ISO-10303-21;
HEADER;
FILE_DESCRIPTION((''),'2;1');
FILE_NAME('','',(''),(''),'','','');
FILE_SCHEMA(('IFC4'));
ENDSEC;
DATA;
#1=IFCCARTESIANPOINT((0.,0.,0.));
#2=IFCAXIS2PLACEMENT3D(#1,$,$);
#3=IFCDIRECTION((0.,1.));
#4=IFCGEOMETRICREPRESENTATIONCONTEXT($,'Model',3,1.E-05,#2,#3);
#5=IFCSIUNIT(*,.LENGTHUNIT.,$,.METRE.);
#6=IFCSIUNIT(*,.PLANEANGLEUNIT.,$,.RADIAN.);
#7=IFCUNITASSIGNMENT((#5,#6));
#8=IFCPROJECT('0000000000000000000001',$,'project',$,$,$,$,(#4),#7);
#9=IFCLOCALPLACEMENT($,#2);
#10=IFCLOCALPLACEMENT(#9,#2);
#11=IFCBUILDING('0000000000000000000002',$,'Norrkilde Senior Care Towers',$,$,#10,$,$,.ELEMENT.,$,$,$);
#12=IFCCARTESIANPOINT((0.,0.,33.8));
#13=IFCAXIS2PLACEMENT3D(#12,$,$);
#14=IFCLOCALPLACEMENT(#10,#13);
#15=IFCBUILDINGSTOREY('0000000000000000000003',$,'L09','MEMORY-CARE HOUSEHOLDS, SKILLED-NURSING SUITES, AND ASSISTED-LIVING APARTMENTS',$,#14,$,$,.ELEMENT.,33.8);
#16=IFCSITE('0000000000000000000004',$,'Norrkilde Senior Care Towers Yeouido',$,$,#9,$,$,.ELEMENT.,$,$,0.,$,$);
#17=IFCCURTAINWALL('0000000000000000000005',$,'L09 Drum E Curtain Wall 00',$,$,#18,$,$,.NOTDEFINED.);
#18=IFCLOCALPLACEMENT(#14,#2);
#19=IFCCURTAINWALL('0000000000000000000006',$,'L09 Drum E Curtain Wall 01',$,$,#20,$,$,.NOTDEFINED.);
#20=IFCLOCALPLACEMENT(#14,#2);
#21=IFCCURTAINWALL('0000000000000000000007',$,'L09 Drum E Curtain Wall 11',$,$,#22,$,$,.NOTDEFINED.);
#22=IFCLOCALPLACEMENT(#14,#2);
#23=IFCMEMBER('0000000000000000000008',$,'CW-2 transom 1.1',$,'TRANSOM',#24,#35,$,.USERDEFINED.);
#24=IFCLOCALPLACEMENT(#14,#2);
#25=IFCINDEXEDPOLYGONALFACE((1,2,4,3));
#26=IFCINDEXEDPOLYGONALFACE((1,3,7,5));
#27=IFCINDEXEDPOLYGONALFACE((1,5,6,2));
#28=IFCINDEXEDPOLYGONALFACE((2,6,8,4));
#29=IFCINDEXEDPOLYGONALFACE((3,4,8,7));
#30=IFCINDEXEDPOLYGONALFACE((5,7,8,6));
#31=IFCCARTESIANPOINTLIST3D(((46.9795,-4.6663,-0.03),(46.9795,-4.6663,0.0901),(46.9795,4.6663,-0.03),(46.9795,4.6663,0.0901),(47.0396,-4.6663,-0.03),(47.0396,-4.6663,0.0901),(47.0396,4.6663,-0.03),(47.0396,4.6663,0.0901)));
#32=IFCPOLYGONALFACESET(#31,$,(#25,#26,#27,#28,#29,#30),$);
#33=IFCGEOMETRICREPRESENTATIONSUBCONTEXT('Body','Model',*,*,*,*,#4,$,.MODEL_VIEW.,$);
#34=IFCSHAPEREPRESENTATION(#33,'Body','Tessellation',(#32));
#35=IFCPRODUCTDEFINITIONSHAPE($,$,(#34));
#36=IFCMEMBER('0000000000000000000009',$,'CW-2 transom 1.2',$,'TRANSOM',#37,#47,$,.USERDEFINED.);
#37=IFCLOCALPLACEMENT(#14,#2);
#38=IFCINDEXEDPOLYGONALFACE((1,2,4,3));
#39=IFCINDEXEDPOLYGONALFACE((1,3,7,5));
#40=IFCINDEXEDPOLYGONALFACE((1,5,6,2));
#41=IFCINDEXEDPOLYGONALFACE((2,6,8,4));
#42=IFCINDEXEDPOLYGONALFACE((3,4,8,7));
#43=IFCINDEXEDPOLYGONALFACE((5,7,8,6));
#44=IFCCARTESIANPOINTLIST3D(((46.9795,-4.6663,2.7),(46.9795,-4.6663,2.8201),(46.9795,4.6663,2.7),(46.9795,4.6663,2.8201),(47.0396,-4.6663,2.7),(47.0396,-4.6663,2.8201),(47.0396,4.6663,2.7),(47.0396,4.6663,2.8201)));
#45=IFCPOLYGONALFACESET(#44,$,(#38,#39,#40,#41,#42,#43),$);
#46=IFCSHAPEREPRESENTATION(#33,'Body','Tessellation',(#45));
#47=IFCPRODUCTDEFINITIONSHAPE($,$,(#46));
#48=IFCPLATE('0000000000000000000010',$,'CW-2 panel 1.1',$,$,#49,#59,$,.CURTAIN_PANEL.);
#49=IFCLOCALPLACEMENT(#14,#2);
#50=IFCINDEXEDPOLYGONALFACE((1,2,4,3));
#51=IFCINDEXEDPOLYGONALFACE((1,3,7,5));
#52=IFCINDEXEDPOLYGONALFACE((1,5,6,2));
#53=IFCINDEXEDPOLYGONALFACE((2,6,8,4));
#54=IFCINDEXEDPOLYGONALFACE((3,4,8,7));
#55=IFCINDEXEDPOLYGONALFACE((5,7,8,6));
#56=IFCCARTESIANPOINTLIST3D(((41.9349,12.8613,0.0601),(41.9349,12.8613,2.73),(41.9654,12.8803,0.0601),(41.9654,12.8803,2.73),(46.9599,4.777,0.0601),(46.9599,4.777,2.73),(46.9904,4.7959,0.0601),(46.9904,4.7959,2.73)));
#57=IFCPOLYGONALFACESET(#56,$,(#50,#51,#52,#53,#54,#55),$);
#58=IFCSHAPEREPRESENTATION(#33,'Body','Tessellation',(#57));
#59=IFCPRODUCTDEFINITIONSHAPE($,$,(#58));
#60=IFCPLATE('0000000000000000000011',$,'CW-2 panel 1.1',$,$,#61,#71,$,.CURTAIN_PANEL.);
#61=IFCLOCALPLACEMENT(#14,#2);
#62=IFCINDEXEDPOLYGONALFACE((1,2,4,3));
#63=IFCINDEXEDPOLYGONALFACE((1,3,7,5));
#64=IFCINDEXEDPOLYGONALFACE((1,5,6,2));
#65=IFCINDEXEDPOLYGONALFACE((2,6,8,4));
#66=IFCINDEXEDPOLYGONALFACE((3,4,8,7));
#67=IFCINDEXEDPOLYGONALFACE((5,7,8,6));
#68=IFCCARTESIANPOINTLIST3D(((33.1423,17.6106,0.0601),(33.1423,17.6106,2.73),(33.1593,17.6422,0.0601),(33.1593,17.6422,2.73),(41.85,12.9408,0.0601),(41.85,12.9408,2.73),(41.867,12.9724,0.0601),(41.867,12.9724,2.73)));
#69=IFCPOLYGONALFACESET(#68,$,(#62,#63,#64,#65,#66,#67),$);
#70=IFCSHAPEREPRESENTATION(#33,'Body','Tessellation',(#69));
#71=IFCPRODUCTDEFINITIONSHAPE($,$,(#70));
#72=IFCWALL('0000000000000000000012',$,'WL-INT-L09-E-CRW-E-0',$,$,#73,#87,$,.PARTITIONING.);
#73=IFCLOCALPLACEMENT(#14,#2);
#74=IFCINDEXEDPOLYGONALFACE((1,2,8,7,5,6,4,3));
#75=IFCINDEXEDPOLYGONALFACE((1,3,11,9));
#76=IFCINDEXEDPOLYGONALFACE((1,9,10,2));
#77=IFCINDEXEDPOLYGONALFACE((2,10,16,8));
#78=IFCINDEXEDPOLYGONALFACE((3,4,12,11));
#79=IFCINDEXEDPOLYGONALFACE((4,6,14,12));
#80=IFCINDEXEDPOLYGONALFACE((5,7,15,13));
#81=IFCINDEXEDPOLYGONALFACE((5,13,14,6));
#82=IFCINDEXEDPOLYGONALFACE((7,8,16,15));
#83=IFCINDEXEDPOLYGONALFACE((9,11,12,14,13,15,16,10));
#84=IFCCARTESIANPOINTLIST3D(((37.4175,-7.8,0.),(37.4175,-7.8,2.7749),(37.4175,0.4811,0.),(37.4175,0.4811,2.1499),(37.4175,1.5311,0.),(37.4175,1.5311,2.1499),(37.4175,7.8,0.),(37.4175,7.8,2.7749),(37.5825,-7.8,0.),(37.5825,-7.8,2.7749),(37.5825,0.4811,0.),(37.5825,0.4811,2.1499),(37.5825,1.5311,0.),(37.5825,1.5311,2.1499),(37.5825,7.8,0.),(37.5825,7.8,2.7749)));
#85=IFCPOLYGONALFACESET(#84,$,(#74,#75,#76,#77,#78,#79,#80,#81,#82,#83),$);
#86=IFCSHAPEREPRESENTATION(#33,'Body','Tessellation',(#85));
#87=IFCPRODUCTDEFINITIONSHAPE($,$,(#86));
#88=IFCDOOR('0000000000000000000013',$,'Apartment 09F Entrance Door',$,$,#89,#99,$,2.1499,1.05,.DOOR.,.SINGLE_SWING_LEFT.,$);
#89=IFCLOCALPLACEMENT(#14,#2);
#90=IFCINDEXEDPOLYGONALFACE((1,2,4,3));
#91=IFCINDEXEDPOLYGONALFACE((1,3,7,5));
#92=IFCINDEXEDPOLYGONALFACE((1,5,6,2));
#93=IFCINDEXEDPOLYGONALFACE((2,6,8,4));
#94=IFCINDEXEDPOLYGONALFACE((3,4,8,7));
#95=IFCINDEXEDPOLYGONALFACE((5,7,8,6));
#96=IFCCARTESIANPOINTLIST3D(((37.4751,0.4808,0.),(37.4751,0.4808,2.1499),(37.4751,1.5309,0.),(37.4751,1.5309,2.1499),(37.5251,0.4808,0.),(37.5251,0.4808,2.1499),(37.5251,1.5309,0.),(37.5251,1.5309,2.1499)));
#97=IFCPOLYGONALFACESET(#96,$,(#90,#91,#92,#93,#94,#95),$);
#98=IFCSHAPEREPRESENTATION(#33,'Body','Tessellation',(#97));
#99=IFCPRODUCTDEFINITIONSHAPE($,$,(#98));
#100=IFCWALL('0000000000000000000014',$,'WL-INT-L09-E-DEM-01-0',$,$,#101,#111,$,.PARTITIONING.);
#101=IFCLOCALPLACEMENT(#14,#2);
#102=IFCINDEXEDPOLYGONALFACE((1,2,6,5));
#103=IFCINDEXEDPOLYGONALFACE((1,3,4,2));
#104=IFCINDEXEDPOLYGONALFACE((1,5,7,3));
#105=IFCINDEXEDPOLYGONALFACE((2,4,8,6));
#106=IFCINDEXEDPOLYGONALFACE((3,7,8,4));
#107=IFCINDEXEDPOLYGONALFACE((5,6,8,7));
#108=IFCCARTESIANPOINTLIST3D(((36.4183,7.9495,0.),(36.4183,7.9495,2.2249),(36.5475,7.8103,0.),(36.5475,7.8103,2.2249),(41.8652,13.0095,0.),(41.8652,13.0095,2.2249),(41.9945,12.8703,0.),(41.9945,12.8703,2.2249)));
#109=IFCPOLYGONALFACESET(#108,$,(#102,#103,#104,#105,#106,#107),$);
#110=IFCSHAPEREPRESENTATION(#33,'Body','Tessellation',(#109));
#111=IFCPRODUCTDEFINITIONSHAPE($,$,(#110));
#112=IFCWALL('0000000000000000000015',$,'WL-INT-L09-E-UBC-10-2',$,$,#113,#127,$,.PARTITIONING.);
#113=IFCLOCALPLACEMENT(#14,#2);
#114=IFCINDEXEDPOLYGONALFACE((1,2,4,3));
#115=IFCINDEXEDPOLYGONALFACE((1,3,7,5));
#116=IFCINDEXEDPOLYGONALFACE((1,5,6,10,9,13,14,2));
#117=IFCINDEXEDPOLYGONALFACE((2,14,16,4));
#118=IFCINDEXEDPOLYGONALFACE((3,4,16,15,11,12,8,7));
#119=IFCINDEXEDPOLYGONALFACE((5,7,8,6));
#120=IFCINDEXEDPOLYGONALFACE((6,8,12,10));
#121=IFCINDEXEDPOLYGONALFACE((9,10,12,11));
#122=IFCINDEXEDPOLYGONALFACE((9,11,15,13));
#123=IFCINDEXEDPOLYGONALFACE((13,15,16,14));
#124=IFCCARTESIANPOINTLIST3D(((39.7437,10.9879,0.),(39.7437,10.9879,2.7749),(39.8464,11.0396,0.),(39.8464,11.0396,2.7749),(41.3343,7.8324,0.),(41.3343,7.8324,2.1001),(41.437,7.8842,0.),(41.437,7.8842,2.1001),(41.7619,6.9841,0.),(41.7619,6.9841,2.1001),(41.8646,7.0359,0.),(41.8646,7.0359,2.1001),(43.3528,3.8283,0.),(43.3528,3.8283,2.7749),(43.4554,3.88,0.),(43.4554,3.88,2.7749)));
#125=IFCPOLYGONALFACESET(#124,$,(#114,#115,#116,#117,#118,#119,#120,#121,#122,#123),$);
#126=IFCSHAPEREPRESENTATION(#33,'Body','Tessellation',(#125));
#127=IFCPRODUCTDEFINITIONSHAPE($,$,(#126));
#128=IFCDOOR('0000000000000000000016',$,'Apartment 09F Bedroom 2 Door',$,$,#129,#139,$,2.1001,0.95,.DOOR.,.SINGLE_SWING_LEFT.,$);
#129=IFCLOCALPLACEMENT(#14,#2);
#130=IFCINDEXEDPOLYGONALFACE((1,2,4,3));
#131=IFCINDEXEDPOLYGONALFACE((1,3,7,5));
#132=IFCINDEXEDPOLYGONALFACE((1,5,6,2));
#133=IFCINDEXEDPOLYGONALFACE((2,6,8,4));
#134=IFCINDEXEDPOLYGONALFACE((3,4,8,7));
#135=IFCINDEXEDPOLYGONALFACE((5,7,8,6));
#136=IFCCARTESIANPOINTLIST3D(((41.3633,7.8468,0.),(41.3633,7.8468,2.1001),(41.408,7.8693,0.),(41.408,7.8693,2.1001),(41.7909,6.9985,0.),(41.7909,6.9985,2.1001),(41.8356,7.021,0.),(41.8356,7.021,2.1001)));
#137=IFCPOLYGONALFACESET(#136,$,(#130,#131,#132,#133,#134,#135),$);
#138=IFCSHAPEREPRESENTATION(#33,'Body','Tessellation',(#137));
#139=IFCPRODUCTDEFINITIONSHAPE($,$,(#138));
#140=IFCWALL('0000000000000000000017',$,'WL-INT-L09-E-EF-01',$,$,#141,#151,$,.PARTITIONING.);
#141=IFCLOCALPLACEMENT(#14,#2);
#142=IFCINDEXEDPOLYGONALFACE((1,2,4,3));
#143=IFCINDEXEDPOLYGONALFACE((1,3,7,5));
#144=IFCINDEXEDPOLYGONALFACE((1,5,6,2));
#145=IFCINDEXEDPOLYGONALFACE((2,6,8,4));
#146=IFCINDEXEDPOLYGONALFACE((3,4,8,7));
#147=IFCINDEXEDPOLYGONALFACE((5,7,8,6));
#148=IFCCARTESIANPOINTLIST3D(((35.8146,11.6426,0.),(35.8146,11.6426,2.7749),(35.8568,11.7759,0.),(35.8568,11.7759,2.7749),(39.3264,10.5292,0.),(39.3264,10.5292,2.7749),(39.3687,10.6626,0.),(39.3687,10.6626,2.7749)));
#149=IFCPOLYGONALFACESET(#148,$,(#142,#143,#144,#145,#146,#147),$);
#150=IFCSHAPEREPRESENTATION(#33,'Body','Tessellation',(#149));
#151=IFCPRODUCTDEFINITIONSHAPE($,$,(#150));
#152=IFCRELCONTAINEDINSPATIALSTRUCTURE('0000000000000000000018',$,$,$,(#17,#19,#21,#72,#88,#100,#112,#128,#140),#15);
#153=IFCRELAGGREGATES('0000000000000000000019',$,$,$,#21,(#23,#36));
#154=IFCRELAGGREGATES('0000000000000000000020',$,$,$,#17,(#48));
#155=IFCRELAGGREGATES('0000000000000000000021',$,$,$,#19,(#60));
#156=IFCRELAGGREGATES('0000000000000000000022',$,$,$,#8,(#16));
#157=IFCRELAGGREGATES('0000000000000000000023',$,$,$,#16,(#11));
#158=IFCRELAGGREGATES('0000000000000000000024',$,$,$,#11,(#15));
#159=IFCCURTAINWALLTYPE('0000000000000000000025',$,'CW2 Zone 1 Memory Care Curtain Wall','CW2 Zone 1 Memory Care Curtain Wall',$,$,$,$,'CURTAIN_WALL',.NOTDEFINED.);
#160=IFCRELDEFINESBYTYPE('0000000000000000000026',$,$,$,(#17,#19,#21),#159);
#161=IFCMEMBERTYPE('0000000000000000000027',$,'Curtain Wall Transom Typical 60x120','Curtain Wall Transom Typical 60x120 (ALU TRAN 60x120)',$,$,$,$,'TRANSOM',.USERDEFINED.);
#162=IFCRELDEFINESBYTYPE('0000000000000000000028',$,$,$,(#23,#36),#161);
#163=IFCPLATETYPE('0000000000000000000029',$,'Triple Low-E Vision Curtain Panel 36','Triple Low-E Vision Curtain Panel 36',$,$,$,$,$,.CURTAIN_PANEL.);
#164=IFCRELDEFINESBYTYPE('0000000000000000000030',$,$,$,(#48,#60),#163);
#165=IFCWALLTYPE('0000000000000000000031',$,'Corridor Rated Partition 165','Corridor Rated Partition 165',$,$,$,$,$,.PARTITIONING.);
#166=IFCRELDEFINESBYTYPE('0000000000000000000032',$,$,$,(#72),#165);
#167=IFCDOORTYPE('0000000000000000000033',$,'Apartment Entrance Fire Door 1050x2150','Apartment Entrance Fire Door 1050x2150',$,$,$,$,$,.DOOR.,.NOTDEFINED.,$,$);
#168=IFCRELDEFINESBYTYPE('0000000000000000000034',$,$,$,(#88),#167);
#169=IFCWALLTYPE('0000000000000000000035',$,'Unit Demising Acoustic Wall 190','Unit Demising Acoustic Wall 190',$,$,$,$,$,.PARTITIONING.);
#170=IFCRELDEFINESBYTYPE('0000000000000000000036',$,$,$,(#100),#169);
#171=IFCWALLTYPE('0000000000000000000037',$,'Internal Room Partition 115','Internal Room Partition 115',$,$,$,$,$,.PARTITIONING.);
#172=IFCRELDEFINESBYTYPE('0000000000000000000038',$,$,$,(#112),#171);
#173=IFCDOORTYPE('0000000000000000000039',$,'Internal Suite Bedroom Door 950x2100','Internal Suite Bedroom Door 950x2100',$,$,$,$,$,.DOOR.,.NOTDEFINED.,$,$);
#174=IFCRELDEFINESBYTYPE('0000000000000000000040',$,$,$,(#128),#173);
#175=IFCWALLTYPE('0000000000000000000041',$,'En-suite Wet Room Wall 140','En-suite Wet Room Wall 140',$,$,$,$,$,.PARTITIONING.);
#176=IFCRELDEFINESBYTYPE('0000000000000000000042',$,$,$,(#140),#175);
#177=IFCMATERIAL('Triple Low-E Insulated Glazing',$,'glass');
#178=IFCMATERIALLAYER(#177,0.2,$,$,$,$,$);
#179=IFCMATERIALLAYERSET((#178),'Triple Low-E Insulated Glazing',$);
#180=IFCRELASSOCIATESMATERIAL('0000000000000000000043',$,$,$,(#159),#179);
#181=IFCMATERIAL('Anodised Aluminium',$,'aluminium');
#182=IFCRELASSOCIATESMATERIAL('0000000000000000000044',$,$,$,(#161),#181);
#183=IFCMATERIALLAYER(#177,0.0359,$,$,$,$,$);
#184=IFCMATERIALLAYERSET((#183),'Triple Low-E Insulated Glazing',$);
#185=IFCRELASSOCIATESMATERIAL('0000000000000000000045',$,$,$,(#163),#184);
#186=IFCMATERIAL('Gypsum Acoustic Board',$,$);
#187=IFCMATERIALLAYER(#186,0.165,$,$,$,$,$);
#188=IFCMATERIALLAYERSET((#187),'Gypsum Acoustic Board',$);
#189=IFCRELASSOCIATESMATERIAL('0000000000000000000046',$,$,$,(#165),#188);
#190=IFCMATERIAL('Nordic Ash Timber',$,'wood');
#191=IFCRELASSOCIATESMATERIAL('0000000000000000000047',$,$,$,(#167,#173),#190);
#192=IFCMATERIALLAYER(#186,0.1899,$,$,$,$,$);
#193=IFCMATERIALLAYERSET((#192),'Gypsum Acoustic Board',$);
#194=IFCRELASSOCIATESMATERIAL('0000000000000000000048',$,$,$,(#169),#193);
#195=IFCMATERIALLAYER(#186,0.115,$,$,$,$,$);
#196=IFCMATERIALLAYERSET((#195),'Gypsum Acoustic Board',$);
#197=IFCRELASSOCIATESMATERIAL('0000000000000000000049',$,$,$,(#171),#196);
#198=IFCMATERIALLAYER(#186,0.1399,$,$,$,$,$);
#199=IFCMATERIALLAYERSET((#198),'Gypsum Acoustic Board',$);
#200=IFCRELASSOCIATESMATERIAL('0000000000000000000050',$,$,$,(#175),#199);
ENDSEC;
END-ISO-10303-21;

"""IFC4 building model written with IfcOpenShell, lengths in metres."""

from ifc_helpers import new_model, si_unit, direction, frame, frame_2d, origin, origin_2d, place, context, subcontext, project, spatial, rectangle, extrude, source, transform, mapped, material, layer, layer_set, material_profile, profile_set, type_object, type_shapes, element, fill, aggregate, save


model = new_model("IFC4")

# Units and contexts
model_context = context("Model", 3, precision=1e-05, world=origin(), true_north=direction((0.0, 1.0)))
body_context = subcontext(model_context, "Body", "Model", "MODEL_VIEW")
ifc_project = project(units=[si_unit("LENGTHUNIT", "METRE"), si_unit("PLANEANGLEUNIT", "RADIAN")], contexts=[model_context])

# Site, building, storey
site_placement = place(None, origin())
site = spatial("IfcSite", under=ifc_project, at=site_placement, Name="Norrkilde Senior Care Towers Yeouido", CompositionType="ELEMENT", RefElevation=0.0)
building_placement = place(site_placement, origin())
building = spatial("IfcBuilding", under=site, at=building_placement, Name="Norrkilde Senior Care Towers", CompositionType="ELEMENT")
storey_placement = place(building_placement, frame((0.0, 0.0, 33.8)))
storey = spatial("IfcBuildingStorey", under=building, at=storey_placement, Name="L09", Description="MEMORY-CARE HOUSEHOLDS, SKILLED-NURSING SUITES, AND ASSISTED-LIVING APARTMENTS", CompositionType="ELEMENT", Elevation=33.8)

# Curtain wall
ifc_material_1 = material(Name="Triple Low-E Insulated Glazing", Category="glass")
ifc_layer_1 = layer(ifc_material_1, 0.2)
ifc_layer_set_1 = layer_set([ifc_layer_1], Name="Triple Low-E Insulated Glazing")
curtain_wall_type = type_object("IfcCurtainWallType", Name="CW2 Zone 1 Memory Care Curtain Wall", Description="CW2 Zone 1 Memory Care Curtain Wall", ElementType="CURTAIN_WALL", PredefinedType="NOTDEFINED", material=ifc_layer_set_1)
curtain_wall_1_placement = place(storey_placement, origin())
curtain_wall_1 = element("IfcCurtainWall", 1, at=curtain_wall_1_placement, inside=storey, type_object=curtain_wall_type, Name="L09 Drum E Curtain Wall 00", PredefinedType="NOTDEFINED")
ifc_material_2 = material(Name="Anodised Aluminium", Category="aluminium")

# Curtain walls
curtain_wall_2_placement = place(storey_placement, origin())
curtain_wall_2 = element("IfcCurtainWall", 2, at=curtain_wall_2_placement, inside=storey, type_object=curtain_wall_type, Name="L09 Drum E Curtain Wall 01", PredefinedType="NOTDEFINED")
curtain_wall_3_placement = place(storey_placement, origin())
curtain_wall_3 = element("IfcCurtainWall", 3, at=curtain_wall_3_placement, inside=storey, type_object=curtain_wall_type, Name="L09 Drum E Curtain Wall 11", PredefinedType="NOTDEFINED")

# Members
ifc_material_profile_1 = material_profile(ifc_material_2, rectangle(XDim=0.0601, YDim=0.1201, at=origin_2d()), Name="ALU TRAN 60x120")
ifc_profile_set_1 = profile_set([ifc_material_profile_1], Name="Anodised Aluminium")
member_type_1 = type_object("IfcMemberType", Name="Curtain Wall Transom Typical 60x120", Description="Curtain Wall Transom Typical 60x120 (ALU TRAN 60x120)", ElementType="TRANSOM", PredefinedType="USERDEFINED", material=ifc_profile_set_1)
shared_shape_1 = source(origin(), body_context, "Body", "SweptSolid", [
    extrude(rectangle(XDim=0.0601, YDim=0.1201, at=origin_2d()), origin(), (0.0, 0.0, 1.0), 9.3325),
])
member_1_placement = place(storey_placement, frame((47.0095, 4.6663, 0.03), z_axis=(0.0, -1.0, 0.0), x_axis=(1.0, 0.0, 0.0)))
member_1 = element("IfcMember", 4, at=member_1_placement, type_object=member_type_1, Name="CW-2 transom 1.1", ObjectType="TRANSOM", PredefinedType="USERDEFINED", context=body_context, shape_type="MappedRepresentation", body=[
    mapped(shared_shape_1, transform((0.0, 0.0, 0.0), x_axis=(1.0, 0.0, 0.0), y_axis=(0.0, 1.0, 0.0), z_axis=(0.0, 0.0, 1.0), scale=1.0)),
])
member_2_placement = place(storey_placement, frame((47.0095, 4.6663, 2.76), z_axis=(0.0, -1.0, 0.0), x_axis=(1.0, 0.0, 0.0)))
member_2 = element("IfcMember", 5, at=member_2_placement, type_object=member_type_1, Name="CW-2 transom 1.2", ObjectType="TRANSOM", PredefinedType="USERDEFINED", context=body_context, shape_type="MappedRepresentation", body=[
    mapped(shared_shape_1, transform((0.0, 0.0, 0.0), x_axis=(1.0, 0.0, 0.0), y_axis=(0.0, 1.0, 0.0), z_axis=(0.0, 0.0, 1.0), scale=1.0)),
])
aggregate(curtain_wall_3, [member_1, member_2])

# Plates
ifc_layer_2 = layer(ifc_material_1, 0.0359)
ifc_layer_set_2 = layer_set([ifc_layer_2], Name="Triple Low-E Insulated Glazing")
plate_type = type_object("IfcPlateType", Name="Triple Low-E Vision Curtain Panel 36", Description="Triple Low-E Vision Curtain Panel 36", PredefinedType="CURTAIN_PANEL", material=ifc_layer_set_2)
shared_shape_2 = source(origin(), body_context, "Body", "SweptSolid", [
    extrude(rectangle(XDim=9.5188, YDim=0.0359, at=origin_2d()), origin(), (0.0, 0.0, 1.0), 2.6699),
])
plate_1_placement = place(storey_placement, frame((44.4626, 8.8286, 0.0601), z_axis=(0.0, 0.0, 1.0), x_axis=(0.527901, -0.849306, 0.0)))
plate_1 = element("IfcPlate", 6, at=plate_1_placement, type_object=plate_type, Name="CW-2 panel 1.1", PredefinedType="CURTAIN_PANEL", context=body_context, shape_type="MappedRepresentation", body=[
    mapped(shared_shape_2, transform((0.0, 0.0, 0.0), x_axis=(1.0, 0.0, 0.0), y_axis=(0.0, 1.0, 0.0), z_axis=(0.0, 0.0, 1.0), scale=1.0)),
])
aggregate(curtain_wall_1, [plate_1])
shared_shape_3 = source(origin(), body_context, "Body", "SweptSolid", [
    extrude(rectangle(XDim=9.8809, YDim=0.0359, at=origin_2d()), origin(), (0.0, 0.0, 1.0), 2.6699),
])
type_shapes(plate_type, [shared_shape_2, shared_shape_3])
plate_2_placement = place(storey_placement, frame((37.5046, 15.2915, 0.0601), z_axis=(0.0, 0.0, 1.0), x_axis=(0.881273, -0.472608, 0.0)))
plate_2 = element("IfcPlate", 7, at=plate_2_placement, type_object=plate_type, Name="CW-2 panel 1.1", PredefinedType="CURTAIN_PANEL", context=body_context, shape_type="MappedRepresentation", body=[
    mapped(shared_shape_3, transform((0.0, 0.0, 0.0), x_axis=(1.0, 0.0, 0.0), y_axis=(0.0, 1.0, 0.0), z_axis=(0.0, 0.0, 1.0), scale=1.0)),
])
aggregate(curtain_wall_2, [plate_2])

# Wall, opening, door
ifc_material_3 = material(Name="Gypsum Acoustic Board")
ifc_layer_3 = layer(ifc_material_3, 0.165)
ifc_layer_set_3 = layer_set([ifc_layer_3], Name="Gypsum Acoustic Board")
wall_type_1 = type_object("IfcWallType", Name="Corridor Rated Partition 165", Description="Corridor Rated Partition 165", PredefinedType="PARTITIONING", material=ifc_layer_set_3)
shared_shape_4 = source(origin(), body_context, "Body", "SweptSolid", [
    extrude(rectangle(XDim=15.6001, YDim=0.165, at=frame_2d((7.8, 0.0))), origin(), (0.0, 0.0, 1.0), 2.7749),
])
type_shapes(wall_type_1, [shared_shape_4])
wall_1_placement = place(storey_placement, frame((37.5, 7.8, 0.0), z_axis=(0.0, 0.0, 1.0), x_axis=(0.0, -1.0, 0.0)))
wall_1 = element("IfcWall", 8, at=wall_1_placement, inside=storey, type_object=wall_type_1, Name="WL-INT-L09-E-CRW-E-0", PredefinedType="PARTITIONING", context=body_context, shape_type="MappedRepresentation", body=[
    mapped(shared_shape_4, transform((0.0, 0.0, 0.0), x_axis=(1.0, 0.0, 0.0), y_axis=(0.0, 1.0, 0.0), z_axis=(0.0, 0.0, 1.0), scale=1.0)),
])
opening_1_placement = place(wall_1_placement, frame((6.269, 0.0, 0.0)))
opening_1 = element("IfcOpeningElement", 9, at=opening_1_placement, cuts=wall_1, PredefinedType="OPENING", context=body_context, shape_type="SweptSolid", body=[
    extrude(rectangle(XDim=1.05, YDim=2.1499, at=frame_2d((0.5249, 1.075))), frame((0.0, 0.0925, 0.0), z_axis=(0.0, -1.0, 0.0), x_axis=(1.0, 0.0, 0.0)), (0.0, 0.0, 1.0), 0.1851),
])
ifc_material_4 = material(Name="Nordic Ash Timber", Category="wood")
door_type_1 = type_object("IfcDoorType", Name="Apartment Entrance Fire Door 1050x2150", Description="Apartment Entrance Fire Door 1050x2150", OperationType="NOTDEFINED", PredefinedType="DOOR", material=ifc_material_4)
shared_shape_5 = source(origin(), body_context, "Body", "SweptSolid", [
    extrude(rectangle(XDim=1.05, YDim=2.1499, at=frame_2d((0.5249, 1.075))), frame((0.0, 0.0249, 0.0), z_axis=(0.0, -1.0, 0.0), x_axis=(1.0, 0.0, 0.0)), (0.0, 0.0, 1.0), 0.05),
])
type_shapes(door_type_1, [shared_shape_5])
door_1_placement = place(opening_1_placement, frame((1.05, 0.0, 0.0), z_axis=(0.0, 0.0, 1.0), x_axis=(-1.0, 0.0, 0.0)))
door_1 = element("IfcDoor", 10, at=door_1_placement, inside=storey, type_object=door_type_1, Name="Apartment 09F Entrance Door", OperationType="SINGLE_SWING_LEFT", OverallHeight=2.1499, OverallWidth=1.05, PredefinedType="DOOR", context=body_context, shape_type="MappedRepresentation", body=[
    mapped(shared_shape_5, transform((0.0, 0.0, 0.0), x_axis=(1.0, 0.0, 0.0), y_axis=(0.0, 1.0, 0.0), z_axis=(0.0, 0.0, 1.0), scale=1.0)),
])
fill(opening_1, door_1)

# Wall
ifc_layer_4 = layer(ifc_material_3, 0.1899)
ifc_layer_set_4 = layer_set([ifc_layer_4], Name="Gypsum Acoustic Board")
wall_type_2 = type_object("IfcWallType", Name="Unit Demising Acoustic Wall 190", Description="Unit Demising Acoustic Wall 190", PredefinedType="PARTITIONING", material=ifc_layer_set_4)
shared_shape_6 = source(origin(), body_context, "Body", "SweptSolid", [
    extrude(rectangle(XDim=7.4346, YDim=0.1899, at=frame_2d((3.7173, 0.0))), origin(), (0.0, 0.0, 1.0), 2.2249),
])
type_shapes(wall_type_2, [shared_shape_6])
wall_2_placement = place(storey_placement, frame((36.4829, 7.8799, 0.0), z_axis=(0.0, 0.0, 1.0), x_axis=(0.732652, 0.680603, 0.0)))
element("IfcWall", 11, at=wall_2_placement, inside=storey, type_object=wall_type_2, Name="WL-INT-L09-E-DEM-01-0", PredefinedType="PARTITIONING", context=body_context, shape_type="MappedRepresentation", body=[
    mapped(shared_shape_6, transform((0.0, 0.0, 0.0), x_axis=(1.0, 0.0, 0.0), y_axis=(0.0, 1.0, 0.0), z_axis=(0.0, 0.0, 1.0), scale=1.0)),
])

# Wall, opening, door
ifc_layer_5 = layer(ifc_material_3, 0.115)
ifc_layer_set_5 = layer_set([ifc_layer_5], Name="Gypsum Acoustic Board")
wall_type_3 = type_object("IfcWallType", Name="Internal Room Partition 115", Description="Internal Room Partition 115", PredefinedType="PARTITIONING", material=ifc_layer_set_5)
shared_shape_7 = source(origin(), body_context, "Body", "SweptSolid", [
    extrude(rectangle(XDim=8.0178, YDim=0.115, at=frame_2d((4.0088, 0.0))), origin(), (0.0, 0.0, 1.0), 2.7749),
])
wall_3_placement = place(storey_placement, frame((43.4041, 3.8542, 0.0), z_axis=(0.0, 0.0, 1.0), x_axis=(-0.450134, 0.892961, 0.0)))
wall_3 = element("IfcWall", 12, at=wall_3_placement, inside=storey, type_object=wall_type_3, Name="WL-INT-L09-E-UBC-10-2", PredefinedType="PARTITIONING", context=body_context, shape_type="MappedRepresentation", body=[
    mapped(shared_shape_7, transform((0.0, 0.0, 0.0), x_axis=(1.0, 0.0, 0.0), y_axis=(0.0, 1.0, 0.0), z_axis=(0.0, 0.0, 1.0), scale=1.0)),
])
opening_2_placement = place(wall_3_placement, frame((3.5339, 0.0, 0.0)))
opening_2 = element("IfcOpeningElement", 13, at=opening_2_placement, cuts=wall_3, PredefinedType="OPENING", context=body_context, shape_type="SweptSolid", body=[
    extrude(rectangle(XDim=0.95, YDim=2.1001, at=frame_2d((0.4751, 1.05))), frame((0.0, 0.0674, 0.0), z_axis=(0.0, -1.0, 0.0), x_axis=(1.0, 0.0, 0.0)), (0.0, 0.0, 1.0), 0.135),
])
door_type_2 = type_object("IfcDoorType", Name="Internal Suite Bedroom Door 950x2100", Description="Internal Suite Bedroom Door 950x2100", OperationType="NOTDEFINED", PredefinedType="DOOR", material=ifc_material_4)
shared_shape_8 = source(origin(), body_context, "Body", "SweptSolid", [
    extrude(rectangle(XDim=0.95, YDim=2.1001, at=frame_2d((0.4751, 1.05))), frame((0.0, 0.0249, 0.0), z_axis=(0.0, -1.0, 0.0), x_axis=(1.0, 0.0, 0.0)), (0.0, 0.0, 1.0), 0.05),
])
type_shapes(door_type_2, [shared_shape_8])
door_2_placement = place(opening_2_placement, frame((0.95, 0.0, 0.0), z_axis=(0.0, 0.0, 1.0), x_axis=(-1.0, 0.0, 0.0)))
door_2 = element("IfcDoor", 14, at=door_2_placement, inside=storey, type_object=door_type_2, Name="Apartment 09F Bedroom 2 Door", OperationType="SINGLE_SWING_LEFT", OverallHeight=2.1001, OverallWidth=0.95, PredefinedType="DOOR", context=body_context, shape_type="MappedRepresentation", body=[
    mapped(shared_shape_8, transform((0.0, 0.0, 0.0), x_axis=(1.0, 0.0, 0.0), y_axis=(0.0, 1.0, 0.0), z_axis=(0.0, 0.0, 1.0), scale=1.0)),
])
fill(opening_2, door_2)

# Wall
ifc_layer_6 = layer(ifc_material_3, 0.1399)
ifc_layer_set_6 = layer_set([ifc_layer_6], Name="Gypsum Acoustic Board")
wall_type_4 = type_object("IfcWallType", Name="En-suite Wet Room Wall 140", Description="En-suite Wet Room Wall 140", PredefinedType="PARTITIONING", material=ifc_layer_set_6)
shared_shape_9 = source(origin(), body_context, "Body", "SweptSolid", [
    extrude(rectangle(XDim=3.6841, YDim=0.1399, at=frame_2d((1.842, 0.0))), origin(), (0.0, 0.0, 1.0), 2.7749),
])
type_shapes(wall_type_4, [shared_shape_9])
wall_4_placement = place(storey_placement, frame((35.8357, 11.7092, 0.0), z_axis=(0.0, 0.0, 1.0), x_axis=(0.953246, -0.302197, 0.0)))
element("IfcWall", 15, at=wall_4_placement, inside=storey, type_object=wall_type_4, Name="WL-INT-L09-E-EF-01", PredefinedType="PARTITIONING", context=body_context, shape_type="MappedRepresentation", body=[
    mapped(shared_shape_9, transform((0.0, 0.0, 0.0), x_axis=(1.0, 0.0, 0.0), y_axis=(0.0, 1.0, 0.0), z_axis=(0.0, 0.0, 1.0), scale=1.0)),
])

save(model, "model.ifc")
